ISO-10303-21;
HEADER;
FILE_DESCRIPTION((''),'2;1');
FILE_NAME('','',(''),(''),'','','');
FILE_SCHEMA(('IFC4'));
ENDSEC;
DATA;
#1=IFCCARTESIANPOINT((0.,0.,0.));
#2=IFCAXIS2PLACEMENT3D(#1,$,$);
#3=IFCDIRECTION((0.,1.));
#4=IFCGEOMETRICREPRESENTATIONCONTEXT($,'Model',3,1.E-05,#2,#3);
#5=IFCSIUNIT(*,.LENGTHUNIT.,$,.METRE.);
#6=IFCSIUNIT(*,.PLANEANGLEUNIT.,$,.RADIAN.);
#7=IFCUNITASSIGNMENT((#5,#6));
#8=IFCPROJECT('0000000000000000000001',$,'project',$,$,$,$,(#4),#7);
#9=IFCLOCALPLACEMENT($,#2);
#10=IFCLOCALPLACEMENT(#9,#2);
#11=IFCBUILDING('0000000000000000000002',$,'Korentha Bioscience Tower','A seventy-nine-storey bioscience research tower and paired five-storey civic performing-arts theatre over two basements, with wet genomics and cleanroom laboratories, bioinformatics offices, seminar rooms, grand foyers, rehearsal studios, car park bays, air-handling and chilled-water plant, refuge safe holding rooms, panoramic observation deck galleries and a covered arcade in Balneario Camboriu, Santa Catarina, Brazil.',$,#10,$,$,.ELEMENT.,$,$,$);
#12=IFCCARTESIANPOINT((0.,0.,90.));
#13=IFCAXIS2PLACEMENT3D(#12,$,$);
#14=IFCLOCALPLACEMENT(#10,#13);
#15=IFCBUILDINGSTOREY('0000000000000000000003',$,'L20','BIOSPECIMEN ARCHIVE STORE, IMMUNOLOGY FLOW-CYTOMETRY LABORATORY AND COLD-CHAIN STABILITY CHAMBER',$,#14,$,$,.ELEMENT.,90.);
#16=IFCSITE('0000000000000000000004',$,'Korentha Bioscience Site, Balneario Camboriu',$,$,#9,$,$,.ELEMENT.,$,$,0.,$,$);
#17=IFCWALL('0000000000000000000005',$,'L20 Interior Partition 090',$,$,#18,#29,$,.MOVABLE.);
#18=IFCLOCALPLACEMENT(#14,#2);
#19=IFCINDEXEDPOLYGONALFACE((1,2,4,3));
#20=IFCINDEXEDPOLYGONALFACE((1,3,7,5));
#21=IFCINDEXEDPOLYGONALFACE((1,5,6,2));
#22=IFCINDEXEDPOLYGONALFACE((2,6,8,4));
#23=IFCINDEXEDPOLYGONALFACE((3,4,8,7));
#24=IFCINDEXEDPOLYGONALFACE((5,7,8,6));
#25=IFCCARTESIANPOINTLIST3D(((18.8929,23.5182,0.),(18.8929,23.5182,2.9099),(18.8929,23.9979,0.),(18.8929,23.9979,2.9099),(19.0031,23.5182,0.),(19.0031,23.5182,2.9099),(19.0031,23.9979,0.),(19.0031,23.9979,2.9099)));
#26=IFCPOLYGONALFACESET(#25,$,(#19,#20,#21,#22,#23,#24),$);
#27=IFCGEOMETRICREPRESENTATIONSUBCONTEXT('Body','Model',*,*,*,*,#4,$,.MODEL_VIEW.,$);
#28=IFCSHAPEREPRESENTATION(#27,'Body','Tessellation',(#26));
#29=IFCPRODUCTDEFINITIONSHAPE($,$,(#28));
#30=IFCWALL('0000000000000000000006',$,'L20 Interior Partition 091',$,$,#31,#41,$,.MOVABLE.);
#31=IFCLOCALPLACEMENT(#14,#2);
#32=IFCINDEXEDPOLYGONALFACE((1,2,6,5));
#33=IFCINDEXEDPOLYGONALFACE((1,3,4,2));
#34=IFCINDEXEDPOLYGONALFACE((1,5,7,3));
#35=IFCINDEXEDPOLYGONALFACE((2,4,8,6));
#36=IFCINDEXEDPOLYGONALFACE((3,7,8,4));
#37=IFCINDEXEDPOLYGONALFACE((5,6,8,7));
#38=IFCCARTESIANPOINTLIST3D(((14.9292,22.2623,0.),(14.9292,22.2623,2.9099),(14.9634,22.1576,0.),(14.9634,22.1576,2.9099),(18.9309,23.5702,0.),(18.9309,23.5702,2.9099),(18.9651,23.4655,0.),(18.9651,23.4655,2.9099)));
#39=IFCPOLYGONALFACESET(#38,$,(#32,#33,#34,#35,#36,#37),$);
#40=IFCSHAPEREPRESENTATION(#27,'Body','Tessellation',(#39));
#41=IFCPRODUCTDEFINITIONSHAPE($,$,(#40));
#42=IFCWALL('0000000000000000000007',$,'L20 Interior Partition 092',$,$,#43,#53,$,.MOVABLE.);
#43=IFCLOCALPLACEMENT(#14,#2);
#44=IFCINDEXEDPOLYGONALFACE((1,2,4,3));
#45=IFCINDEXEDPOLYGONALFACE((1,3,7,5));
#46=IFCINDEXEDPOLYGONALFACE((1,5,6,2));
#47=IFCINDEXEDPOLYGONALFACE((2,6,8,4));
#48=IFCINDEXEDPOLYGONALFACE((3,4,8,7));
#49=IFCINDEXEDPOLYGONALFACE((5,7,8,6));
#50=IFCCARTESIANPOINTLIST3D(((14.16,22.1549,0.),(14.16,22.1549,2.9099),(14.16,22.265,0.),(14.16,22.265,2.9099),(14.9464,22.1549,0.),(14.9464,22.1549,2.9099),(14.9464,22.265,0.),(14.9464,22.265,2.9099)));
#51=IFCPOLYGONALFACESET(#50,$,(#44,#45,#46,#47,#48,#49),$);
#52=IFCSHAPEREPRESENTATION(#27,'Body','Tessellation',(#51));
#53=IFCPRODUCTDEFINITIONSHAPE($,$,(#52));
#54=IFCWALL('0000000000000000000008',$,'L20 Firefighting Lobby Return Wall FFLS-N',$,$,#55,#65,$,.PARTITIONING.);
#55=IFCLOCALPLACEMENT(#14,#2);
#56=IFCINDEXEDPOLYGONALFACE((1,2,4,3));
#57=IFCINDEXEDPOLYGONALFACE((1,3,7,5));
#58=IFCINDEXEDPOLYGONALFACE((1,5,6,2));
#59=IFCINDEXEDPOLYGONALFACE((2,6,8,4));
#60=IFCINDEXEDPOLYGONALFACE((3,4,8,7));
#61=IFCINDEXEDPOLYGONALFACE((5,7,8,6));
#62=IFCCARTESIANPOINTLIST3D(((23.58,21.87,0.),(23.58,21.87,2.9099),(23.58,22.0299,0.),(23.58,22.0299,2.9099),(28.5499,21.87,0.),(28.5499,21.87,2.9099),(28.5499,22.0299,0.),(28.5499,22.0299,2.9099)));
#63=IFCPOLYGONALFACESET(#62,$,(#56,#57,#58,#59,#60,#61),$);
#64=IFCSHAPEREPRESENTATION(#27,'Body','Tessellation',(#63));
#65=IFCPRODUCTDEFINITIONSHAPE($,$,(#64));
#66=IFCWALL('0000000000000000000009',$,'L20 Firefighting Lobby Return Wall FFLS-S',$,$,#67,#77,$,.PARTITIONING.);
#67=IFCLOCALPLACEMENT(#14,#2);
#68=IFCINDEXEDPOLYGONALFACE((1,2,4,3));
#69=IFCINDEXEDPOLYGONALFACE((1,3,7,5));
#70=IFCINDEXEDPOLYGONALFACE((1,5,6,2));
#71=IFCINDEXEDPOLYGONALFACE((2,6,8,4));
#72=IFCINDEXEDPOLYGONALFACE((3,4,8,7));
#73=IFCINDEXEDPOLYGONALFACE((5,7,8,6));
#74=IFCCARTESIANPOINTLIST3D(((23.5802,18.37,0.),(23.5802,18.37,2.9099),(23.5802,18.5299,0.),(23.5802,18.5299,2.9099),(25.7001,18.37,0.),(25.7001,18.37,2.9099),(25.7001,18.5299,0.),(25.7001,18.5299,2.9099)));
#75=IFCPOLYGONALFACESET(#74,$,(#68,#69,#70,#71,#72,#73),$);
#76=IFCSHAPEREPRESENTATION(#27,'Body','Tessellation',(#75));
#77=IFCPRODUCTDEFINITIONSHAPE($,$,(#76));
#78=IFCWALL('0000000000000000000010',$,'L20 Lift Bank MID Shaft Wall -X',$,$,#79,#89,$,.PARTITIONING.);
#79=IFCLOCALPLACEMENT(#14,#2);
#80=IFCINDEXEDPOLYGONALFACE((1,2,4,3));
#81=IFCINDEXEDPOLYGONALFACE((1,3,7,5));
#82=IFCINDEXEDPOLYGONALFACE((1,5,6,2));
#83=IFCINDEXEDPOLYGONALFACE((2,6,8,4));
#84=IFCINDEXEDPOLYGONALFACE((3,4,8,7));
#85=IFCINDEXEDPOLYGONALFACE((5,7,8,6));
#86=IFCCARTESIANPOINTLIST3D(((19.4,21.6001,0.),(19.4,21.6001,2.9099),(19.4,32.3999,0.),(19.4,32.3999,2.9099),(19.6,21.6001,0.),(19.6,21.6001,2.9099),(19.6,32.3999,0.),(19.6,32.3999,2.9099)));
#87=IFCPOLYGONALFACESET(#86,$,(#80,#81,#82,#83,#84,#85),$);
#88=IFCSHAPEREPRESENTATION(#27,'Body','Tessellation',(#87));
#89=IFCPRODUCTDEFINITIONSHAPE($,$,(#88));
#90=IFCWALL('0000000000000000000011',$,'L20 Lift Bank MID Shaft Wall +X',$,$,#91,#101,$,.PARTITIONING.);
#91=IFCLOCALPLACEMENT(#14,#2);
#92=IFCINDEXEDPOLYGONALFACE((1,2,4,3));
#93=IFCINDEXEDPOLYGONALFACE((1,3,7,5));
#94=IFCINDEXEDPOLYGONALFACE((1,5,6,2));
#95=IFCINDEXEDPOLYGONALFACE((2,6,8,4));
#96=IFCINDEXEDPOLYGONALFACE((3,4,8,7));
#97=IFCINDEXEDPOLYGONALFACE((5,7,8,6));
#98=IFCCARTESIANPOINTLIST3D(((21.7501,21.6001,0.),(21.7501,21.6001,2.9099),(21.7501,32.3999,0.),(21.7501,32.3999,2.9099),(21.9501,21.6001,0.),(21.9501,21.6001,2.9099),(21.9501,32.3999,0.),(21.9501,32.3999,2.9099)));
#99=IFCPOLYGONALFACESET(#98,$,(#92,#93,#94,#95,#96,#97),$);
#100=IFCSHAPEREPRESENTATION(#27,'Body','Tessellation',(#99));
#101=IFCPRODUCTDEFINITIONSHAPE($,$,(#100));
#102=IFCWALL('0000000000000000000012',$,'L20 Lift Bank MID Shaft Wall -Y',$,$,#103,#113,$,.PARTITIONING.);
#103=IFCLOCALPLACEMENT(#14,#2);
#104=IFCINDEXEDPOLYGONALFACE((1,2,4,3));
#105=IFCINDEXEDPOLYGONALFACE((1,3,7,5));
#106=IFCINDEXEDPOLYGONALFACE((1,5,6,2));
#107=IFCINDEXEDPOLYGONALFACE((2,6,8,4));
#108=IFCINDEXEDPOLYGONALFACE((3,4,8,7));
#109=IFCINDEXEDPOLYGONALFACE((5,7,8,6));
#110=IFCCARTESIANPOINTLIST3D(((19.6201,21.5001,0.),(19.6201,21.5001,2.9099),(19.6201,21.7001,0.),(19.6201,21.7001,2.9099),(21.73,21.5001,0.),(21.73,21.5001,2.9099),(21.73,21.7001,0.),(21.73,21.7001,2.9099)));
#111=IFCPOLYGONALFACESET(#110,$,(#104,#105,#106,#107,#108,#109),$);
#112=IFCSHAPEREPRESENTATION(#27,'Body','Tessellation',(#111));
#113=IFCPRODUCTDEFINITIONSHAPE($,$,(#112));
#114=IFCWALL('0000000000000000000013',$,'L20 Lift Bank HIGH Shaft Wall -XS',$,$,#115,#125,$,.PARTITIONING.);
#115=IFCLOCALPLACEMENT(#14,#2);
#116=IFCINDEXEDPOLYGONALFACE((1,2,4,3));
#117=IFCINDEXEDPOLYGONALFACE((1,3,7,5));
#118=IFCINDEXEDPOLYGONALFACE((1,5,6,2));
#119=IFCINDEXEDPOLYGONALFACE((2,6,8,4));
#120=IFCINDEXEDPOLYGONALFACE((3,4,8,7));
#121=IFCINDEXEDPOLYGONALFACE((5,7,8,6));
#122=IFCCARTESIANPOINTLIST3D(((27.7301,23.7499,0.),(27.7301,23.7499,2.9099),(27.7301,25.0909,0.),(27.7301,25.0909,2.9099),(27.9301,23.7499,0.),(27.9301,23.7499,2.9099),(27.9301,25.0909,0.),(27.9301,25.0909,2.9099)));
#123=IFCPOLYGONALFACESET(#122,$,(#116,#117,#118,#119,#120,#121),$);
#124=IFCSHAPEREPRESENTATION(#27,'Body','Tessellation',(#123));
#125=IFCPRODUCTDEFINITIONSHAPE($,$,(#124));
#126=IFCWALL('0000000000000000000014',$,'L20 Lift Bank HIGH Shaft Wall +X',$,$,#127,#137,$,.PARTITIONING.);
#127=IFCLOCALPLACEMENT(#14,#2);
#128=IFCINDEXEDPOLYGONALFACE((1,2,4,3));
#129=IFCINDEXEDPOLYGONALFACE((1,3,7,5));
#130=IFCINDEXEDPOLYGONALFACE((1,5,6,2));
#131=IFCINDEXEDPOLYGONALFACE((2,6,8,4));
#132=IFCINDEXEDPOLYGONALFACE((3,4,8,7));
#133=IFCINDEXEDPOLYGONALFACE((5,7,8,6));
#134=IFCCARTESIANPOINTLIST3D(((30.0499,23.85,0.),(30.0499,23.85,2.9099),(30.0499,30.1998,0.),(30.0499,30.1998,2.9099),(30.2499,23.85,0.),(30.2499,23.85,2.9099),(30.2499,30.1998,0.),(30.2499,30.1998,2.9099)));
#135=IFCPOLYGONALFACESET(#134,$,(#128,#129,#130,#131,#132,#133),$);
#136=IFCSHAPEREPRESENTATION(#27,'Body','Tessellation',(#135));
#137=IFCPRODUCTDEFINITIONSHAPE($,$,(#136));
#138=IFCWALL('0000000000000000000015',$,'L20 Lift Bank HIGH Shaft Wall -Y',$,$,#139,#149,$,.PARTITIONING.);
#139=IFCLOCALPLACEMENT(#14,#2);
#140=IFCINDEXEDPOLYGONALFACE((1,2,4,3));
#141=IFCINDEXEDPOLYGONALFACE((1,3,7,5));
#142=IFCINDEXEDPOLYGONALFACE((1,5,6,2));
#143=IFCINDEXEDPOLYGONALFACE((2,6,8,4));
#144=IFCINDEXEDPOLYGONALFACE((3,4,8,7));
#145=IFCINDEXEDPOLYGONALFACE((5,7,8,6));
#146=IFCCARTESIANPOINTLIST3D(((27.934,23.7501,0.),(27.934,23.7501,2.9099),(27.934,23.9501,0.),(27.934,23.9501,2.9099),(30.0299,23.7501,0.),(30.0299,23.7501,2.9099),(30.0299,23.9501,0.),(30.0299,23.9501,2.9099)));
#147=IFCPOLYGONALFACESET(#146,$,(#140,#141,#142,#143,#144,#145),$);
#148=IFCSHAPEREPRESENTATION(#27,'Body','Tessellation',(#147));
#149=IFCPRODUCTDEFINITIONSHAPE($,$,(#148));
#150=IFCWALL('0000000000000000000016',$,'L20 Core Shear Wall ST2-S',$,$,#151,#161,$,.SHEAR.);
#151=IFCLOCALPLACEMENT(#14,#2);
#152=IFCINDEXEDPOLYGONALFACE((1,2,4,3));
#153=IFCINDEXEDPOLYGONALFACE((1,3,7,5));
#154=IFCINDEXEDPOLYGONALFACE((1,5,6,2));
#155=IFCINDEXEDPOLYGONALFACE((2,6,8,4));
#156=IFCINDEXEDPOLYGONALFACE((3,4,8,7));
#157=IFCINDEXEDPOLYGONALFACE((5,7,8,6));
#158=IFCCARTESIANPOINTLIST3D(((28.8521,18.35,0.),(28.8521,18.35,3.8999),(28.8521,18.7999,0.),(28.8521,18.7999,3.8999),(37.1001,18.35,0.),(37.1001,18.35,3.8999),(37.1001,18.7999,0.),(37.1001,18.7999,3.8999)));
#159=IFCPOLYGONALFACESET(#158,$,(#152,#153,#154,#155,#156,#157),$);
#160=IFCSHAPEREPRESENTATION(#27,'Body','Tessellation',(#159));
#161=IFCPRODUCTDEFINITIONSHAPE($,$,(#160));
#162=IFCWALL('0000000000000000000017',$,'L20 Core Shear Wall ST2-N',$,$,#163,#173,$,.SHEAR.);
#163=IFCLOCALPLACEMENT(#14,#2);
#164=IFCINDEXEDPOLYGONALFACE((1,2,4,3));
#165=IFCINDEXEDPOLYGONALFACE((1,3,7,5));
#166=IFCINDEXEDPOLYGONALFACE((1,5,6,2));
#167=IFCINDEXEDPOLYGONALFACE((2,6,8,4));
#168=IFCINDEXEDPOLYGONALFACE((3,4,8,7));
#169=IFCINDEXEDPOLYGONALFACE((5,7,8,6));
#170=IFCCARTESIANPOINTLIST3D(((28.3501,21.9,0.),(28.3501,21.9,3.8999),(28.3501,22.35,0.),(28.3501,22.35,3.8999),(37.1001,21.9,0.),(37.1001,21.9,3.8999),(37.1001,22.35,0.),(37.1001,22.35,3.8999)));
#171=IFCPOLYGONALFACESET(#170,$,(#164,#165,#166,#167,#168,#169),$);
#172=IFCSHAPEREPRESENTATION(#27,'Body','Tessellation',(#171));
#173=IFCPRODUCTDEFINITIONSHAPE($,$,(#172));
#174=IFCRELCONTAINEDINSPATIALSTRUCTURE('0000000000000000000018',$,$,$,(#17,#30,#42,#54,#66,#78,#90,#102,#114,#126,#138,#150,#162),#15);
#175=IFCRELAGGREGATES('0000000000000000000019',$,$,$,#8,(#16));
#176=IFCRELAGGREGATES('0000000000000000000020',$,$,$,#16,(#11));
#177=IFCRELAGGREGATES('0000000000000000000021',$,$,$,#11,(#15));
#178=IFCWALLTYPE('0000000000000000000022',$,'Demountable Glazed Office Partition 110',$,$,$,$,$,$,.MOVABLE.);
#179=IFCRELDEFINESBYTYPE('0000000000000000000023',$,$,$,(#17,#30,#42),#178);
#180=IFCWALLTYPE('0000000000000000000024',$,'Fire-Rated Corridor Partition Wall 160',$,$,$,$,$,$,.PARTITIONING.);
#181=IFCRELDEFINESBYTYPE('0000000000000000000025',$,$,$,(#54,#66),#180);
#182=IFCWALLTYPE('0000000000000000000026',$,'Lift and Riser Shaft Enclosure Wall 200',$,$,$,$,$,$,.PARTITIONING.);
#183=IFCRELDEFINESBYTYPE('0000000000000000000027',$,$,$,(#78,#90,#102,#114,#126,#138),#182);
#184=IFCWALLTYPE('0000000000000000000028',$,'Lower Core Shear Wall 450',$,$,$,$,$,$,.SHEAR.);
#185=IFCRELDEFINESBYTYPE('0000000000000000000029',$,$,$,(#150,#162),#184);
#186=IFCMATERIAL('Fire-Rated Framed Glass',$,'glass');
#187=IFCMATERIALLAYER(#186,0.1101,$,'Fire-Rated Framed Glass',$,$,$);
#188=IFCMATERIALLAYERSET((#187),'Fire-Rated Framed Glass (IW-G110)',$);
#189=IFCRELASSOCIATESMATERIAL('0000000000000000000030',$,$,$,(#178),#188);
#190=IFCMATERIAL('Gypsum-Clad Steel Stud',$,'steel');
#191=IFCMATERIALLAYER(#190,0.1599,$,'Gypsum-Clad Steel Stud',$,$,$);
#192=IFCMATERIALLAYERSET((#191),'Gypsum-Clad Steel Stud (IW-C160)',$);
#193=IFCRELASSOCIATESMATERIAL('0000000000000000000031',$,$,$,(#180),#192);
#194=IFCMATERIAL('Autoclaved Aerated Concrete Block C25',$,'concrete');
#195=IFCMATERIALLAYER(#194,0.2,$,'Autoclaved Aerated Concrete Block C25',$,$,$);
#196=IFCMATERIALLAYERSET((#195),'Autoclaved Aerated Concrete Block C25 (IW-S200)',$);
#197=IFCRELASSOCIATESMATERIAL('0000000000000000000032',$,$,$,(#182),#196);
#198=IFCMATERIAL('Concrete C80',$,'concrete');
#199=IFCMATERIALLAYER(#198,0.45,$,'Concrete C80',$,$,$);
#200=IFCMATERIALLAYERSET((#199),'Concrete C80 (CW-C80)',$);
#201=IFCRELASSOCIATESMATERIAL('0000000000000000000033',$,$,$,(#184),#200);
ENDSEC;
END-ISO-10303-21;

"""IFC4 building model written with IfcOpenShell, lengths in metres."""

from ifc_helpers import new_model, si_unit, direction, frame, frame_2d, origin, place, context, subcontext, project, spatial, rectangle, extrude, material, layer, layer_set, type_object, element, save


model = new_model("IFC4")

# Units and contexts
model_context = context("Model", 3, precision=1e-05, world=origin(), true_north=direction((0.0, 1.0)))
body_context = subcontext(model_context, "Body", "Model", "MODEL_VIEW")
ifc_project = project(units=[si_unit("LENGTHUNIT", "METRE"), si_unit("PLANEANGLEUNIT", "RADIAN")], contexts=[model_context])

# Site, building, storey
site_placement = place(None, origin())
site = spatial("IfcSite", under=ifc_project, at=site_placement, Name="Korentha Bioscience Site, Balneario Camboriu", CompositionType="ELEMENT", RefElevation=0.0)
building_placement = place(site_placement, origin())
building = spatial("IfcBuilding", under=site, at=building_placement, Name="Korentha Bioscience Tower", Description="A seventy-nine-storey bioscience research tower and paired five-storey civic performing-arts theatre over two basements, with wet genomics and cleanroom laboratories, bioinformatics offices, seminar rooms, grand foyers, rehearsal studios, car park bays, air-handling and chilled-water plant, refuge safe holding rooms, panoramic observation deck galleries and a covered arcade in Balneario Camboriu, Santa Catarina, Brazil.", CompositionType="ELEMENT")
storey_placement = place(building_placement, frame((0.0, 0.0, 90.0)))
storey = spatial("IfcBuildingStorey", under=building, at=storey_placement, Name="L20", Description="BIOSPECIMEN ARCHIVE STORE, IMMUNOLOGY FLOW-CYTOMETRY LABORATORY AND COLD-CHAIN STABILITY CHAMBER", CompositionType="ELEMENT", Elevation=90.0)

# Shared definitions
ifc_material_1 = material(Name="Concrete C80", Category="concrete")

# Walls
ifc_material_2 = material(Name="Fire-Rated Framed Glass", Category="glass")
ifc_layer_1 = layer(ifc_material_2, 0.1101, Name="Fire-Rated Framed Glass")
ifc_layer_set_1 = layer_set([ifc_layer_1], Name="Fire-Rated Framed Glass (IW-G110)")
wall_type_1 = type_object("IfcWallType", Name="Demountable Glazed Office Partition 110", PredefinedType="MOVABLE", material=ifc_layer_set_1)
wall_1_placement = place(storey_placement, frame((18.948, 23.9978, 0.0), z_axis=(0.0, 0.0, 1.0), x_axis=(0.0, -1.0, 0.0)))
element("IfcWall", 1, at=wall_1_placement, inside=storey, type_object=wall_type_1, Name="L20 Interior Partition 090", PredefinedType="MOVABLE", context=body_context, shape_type="SweptSolid", body=[
    extrude(rectangle(XDim=0.4797, YDim=0.1101, at=frame_2d((0.2397, 0.0))), origin(), (0.0, 0.0, 1.0), 2.9099),
])
wall_2_placement = place(storey_placement, frame((18.948, 23.5178, 0.0), z_axis=(0.0, 0.0, 1.0), x_axis=(-0.950523, -0.310655, 0.0)))
element("IfcWall", 2, at=wall_2_placement, inside=storey, type_object=wall_type_1, Name="L20 Interior Partition 091", PredefinedType="MOVABLE", context=body_context, shape_type="SweptSolid", body=[
    extrude(rectangle(XDim=4.21, YDim=0.1101, at=frame_2d((2.105, 0.0))), origin(), (0.0, 0.0, 1.0), 2.9099),
])
wall_3_placement = place(storey_placement, frame((14.9463, 22.21, 0.0), z_axis=(0.0, 0.0, 1.0), x_axis=(-1.0, 0.0, 0.0)))
element("IfcWall", 3, at=wall_3_placement, inside=storey, type_object=wall_type_1, Name="L20 Interior Partition 092", PredefinedType="MOVABLE", context=body_context, shape_type="SweptSolid", body=[
    extrude(rectangle(XDim=0.7864, YDim=0.1101, at=frame_2d((0.3931, 0.0))), origin(), (0.0, 0.0, 1.0), 2.9099),
])

# Shared definitions
ifc_material_3 = material(Name="Gypsum-Clad Steel Stud", Category="steel")
ifc_layer_2 = layer(ifc_material_3, 0.1599, Name="Gypsum-Clad Steel Stud")
ifc_layer_set_2 = layer_set([ifc_layer_2], Name="Gypsum-Clad Steel Stud (IW-C160)")
wall_type_2 = type_object("IfcWallType", Name="Fire-Rated Corridor Partition Wall 160", PredefinedType="PARTITIONING", material=ifc_layer_set_2)

# Walls
wall_4_placement = place(storey_placement, frame((23.5801, 21.95, 0.0), z_axis=(0.0, 0.0, 1.0), x_axis=(1.0, 0.0, 0.0)))
element("IfcWall", 4, at=wall_4_placement, inside=storey, type_object=wall_type_2, Name="L20 Firefighting Lobby Return Wall FFLS-N", PredefinedType="PARTITIONING", context=body_context, shape_type="SweptSolid", body=[
    extrude(rectangle(XDim=4.97, YDim=0.1599, at=frame_2d((2.4849, 0.0))), origin(), (0.0, 0.0, 1.0), 2.9099),
])
wall_5_placement = place(storey_placement, frame((23.5801, 18.45, 0.0), z_axis=(0.0, 0.0, 1.0), x_axis=(1.0, 0.0, 0.0)))
element("IfcWall", 5, at=wall_5_placement, inside=storey, type_object=wall_type_2, Name="L20 Firefighting Lobby Return Wall FFLS-S", PredefinedType="PARTITIONING", context=body_context, shape_type="SweptSolid", body=[
    extrude(rectangle(XDim=2.1199, YDim=0.1599, at=frame_2d((1.0601, 0.0))), origin(), (0.0, 0.0, 1.0), 2.9099),
])
ifc_material_4 = material(Name="Autoclaved Aerated Concrete Block C25", Category="concrete")
ifc_layer_3 = layer(ifc_material_4, 0.2, Name="Autoclaved Aerated Concrete Block C25")
ifc_layer_set_3 = layer_set([ifc_layer_3], Name="Autoclaved Aerated Concrete Block C25 (IW-S200)")
wall_type_3 = type_object("IfcWallType", Name="Lift and Riser Shaft Enclosure Wall 200", PredefinedType="PARTITIONING", material=ifc_layer_set_3)
for number, where, z_axis, x_axis, name in (
    (6, (19.5, 21.6001, 0.0), (0.0, 0.0, 1.0), (0.0, 1.0, 0.0), "L20 Lift Bank MID Shaft Wall -X"),
    (7, (21.8501, 21.6001, 0.0), (0.0, 0.0, 1.0), (0.0, 1.0, 0.0), "L20 Lift Bank MID Shaft Wall +X"),
):
    element("IfcWall", number, at=place(storey_placement, frame(where, z_axis=z_axis, x_axis=x_axis)), inside=storey, type_object=wall_type_3, Name=name, PredefinedType="PARTITIONING", context=body_context, shape_type="SweptSolid", body=[
        extrude(rectangle(XDim=10.7998, YDim=0.2, at=frame_2d((5.3999, 0.0))), origin(), (0.0, 0.0, 1.0), 2.9099),
    ])
wall_6_placement = place(storey_placement, frame((19.6201, 21.6001, 0.0), z_axis=(0.0, 0.0, 1.0), x_axis=(1.0, 0.0, 0.0)))
element("IfcWall", 8, at=wall_6_placement, inside=storey, type_object=wall_type_3, Name="L20 Lift Bank MID Shaft Wall -Y", PredefinedType="PARTITIONING", context=body_context, shape_type="SweptSolid", body=[
    extrude(rectangle(XDim=2.1099, YDim=0.2, at=frame_2d((1.0549, 0.0))), origin(), (0.0, 0.0, 1.0), 2.9099),
])
wall_7_placement = place(storey_placement, frame((27.8301, 23.75, 0.0), z_axis=(0.0, 0.0, 1.0), x_axis=(0.0, 1.0, 0.0)))
element("IfcWall", 9, at=wall_7_placement, inside=storey, type_object=wall_type_3, Name="L20 Lift Bank HIGH Shaft Wall -XS", PredefinedType="PARTITIONING", context=body_context, shape_type="SweptSolid", body=[
    extrude(rectangle(XDim=1.3411, YDim=0.2, at=frame_2d((0.6704, 0.0))), origin(), (0.0, 0.0, 1.0), 2.9099),
])
wall_8_placement = place(storey_placement, frame((30.1499, 23.8501, 0.0), z_axis=(0.0, 0.0, 1.0), x_axis=(0.0, 1.0, 0.0)))
element("IfcWall", 10, at=wall_8_placement, inside=storey, type_object=wall_type_3, Name="L20 Lift Bank HIGH Shaft Wall +X", PredefinedType="PARTITIONING", context=body_context, shape_type="SweptSolid", body=[
    extrude(rectangle(XDim=6.3499, YDim=0.2, at=frame_2d((3.1748, 0.0))), origin(), (0.0, 0.0, 1.0), 2.9099),
])
wall_9_placement = place(storey_placement, frame((27.9341, 23.8501, 0.0), z_axis=(0.0, 0.0, 1.0), x_axis=(1.0, 0.0, 0.0)))
element("IfcWall", 11, at=wall_9_placement, inside=storey, type_object=wall_type_3, Name="L20 Lift Bank HIGH Shaft Wall -Y", PredefinedType="PARTITIONING", context=body_context, shape_type="SweptSolid", body=[
    extrude(rectangle(XDim=2.0959, YDim=0.2, at=frame_2d((1.0479, 0.0))), origin(), (0.0, 0.0, 1.0), 2.9099),
])
ifc_layer_4 = layer(ifc_material_1, 0.45, Name="Concrete C80")
ifc_layer_set_4 = layer_set([ifc_layer_4], Name="Concrete C80 (CW-C80)")
wall_type_4 = type_object("IfcWallType", Name="Lower Core Shear Wall 450", PredefinedType="SHEAR", material=ifc_layer_set_4)
wall_10_placement = place(storey_placement, frame((28.8521, 18.575, 0.0), z_axis=(0.0, 0.0, 1.0), x_axis=(1.0, 0.0, 0.0)))
element("IfcWall", 12, at=wall_10_placement, inside=storey, type_object=wall_type_4, Name="L20 Core Shear Wall ST2-S", PredefinedType="SHEAR", context=body_context, shape_type="SweptSolid", body=[
    extrude(rectangle(XDim=8.248, YDim=0.45, at=frame_2d((4.124, 0.0))), origin(), (0.0, 0.0, 1.0), 3.8999),
])
wall_11_placement = place(storey_placement, frame((28.3501, 22.125, 0.0), z_axis=(0.0, 0.0, 1.0), x_axis=(1.0, 0.0, 0.0)))
element("IfcWall", 13, at=wall_11_placement, inside=storey, type_object=wall_type_4, Name="L20 Core Shear Wall ST2-N", PredefinedType="SHEAR", context=body_context, shape_type="SweptSolid", body=[
    extrude(rectangle(XDim=8.75, YDim=0.45, at=frame_2d((4.375, 0.0))), origin(), (0.0, 0.0, 1.0), 3.8999),
])

save(model, "model.ifc")
